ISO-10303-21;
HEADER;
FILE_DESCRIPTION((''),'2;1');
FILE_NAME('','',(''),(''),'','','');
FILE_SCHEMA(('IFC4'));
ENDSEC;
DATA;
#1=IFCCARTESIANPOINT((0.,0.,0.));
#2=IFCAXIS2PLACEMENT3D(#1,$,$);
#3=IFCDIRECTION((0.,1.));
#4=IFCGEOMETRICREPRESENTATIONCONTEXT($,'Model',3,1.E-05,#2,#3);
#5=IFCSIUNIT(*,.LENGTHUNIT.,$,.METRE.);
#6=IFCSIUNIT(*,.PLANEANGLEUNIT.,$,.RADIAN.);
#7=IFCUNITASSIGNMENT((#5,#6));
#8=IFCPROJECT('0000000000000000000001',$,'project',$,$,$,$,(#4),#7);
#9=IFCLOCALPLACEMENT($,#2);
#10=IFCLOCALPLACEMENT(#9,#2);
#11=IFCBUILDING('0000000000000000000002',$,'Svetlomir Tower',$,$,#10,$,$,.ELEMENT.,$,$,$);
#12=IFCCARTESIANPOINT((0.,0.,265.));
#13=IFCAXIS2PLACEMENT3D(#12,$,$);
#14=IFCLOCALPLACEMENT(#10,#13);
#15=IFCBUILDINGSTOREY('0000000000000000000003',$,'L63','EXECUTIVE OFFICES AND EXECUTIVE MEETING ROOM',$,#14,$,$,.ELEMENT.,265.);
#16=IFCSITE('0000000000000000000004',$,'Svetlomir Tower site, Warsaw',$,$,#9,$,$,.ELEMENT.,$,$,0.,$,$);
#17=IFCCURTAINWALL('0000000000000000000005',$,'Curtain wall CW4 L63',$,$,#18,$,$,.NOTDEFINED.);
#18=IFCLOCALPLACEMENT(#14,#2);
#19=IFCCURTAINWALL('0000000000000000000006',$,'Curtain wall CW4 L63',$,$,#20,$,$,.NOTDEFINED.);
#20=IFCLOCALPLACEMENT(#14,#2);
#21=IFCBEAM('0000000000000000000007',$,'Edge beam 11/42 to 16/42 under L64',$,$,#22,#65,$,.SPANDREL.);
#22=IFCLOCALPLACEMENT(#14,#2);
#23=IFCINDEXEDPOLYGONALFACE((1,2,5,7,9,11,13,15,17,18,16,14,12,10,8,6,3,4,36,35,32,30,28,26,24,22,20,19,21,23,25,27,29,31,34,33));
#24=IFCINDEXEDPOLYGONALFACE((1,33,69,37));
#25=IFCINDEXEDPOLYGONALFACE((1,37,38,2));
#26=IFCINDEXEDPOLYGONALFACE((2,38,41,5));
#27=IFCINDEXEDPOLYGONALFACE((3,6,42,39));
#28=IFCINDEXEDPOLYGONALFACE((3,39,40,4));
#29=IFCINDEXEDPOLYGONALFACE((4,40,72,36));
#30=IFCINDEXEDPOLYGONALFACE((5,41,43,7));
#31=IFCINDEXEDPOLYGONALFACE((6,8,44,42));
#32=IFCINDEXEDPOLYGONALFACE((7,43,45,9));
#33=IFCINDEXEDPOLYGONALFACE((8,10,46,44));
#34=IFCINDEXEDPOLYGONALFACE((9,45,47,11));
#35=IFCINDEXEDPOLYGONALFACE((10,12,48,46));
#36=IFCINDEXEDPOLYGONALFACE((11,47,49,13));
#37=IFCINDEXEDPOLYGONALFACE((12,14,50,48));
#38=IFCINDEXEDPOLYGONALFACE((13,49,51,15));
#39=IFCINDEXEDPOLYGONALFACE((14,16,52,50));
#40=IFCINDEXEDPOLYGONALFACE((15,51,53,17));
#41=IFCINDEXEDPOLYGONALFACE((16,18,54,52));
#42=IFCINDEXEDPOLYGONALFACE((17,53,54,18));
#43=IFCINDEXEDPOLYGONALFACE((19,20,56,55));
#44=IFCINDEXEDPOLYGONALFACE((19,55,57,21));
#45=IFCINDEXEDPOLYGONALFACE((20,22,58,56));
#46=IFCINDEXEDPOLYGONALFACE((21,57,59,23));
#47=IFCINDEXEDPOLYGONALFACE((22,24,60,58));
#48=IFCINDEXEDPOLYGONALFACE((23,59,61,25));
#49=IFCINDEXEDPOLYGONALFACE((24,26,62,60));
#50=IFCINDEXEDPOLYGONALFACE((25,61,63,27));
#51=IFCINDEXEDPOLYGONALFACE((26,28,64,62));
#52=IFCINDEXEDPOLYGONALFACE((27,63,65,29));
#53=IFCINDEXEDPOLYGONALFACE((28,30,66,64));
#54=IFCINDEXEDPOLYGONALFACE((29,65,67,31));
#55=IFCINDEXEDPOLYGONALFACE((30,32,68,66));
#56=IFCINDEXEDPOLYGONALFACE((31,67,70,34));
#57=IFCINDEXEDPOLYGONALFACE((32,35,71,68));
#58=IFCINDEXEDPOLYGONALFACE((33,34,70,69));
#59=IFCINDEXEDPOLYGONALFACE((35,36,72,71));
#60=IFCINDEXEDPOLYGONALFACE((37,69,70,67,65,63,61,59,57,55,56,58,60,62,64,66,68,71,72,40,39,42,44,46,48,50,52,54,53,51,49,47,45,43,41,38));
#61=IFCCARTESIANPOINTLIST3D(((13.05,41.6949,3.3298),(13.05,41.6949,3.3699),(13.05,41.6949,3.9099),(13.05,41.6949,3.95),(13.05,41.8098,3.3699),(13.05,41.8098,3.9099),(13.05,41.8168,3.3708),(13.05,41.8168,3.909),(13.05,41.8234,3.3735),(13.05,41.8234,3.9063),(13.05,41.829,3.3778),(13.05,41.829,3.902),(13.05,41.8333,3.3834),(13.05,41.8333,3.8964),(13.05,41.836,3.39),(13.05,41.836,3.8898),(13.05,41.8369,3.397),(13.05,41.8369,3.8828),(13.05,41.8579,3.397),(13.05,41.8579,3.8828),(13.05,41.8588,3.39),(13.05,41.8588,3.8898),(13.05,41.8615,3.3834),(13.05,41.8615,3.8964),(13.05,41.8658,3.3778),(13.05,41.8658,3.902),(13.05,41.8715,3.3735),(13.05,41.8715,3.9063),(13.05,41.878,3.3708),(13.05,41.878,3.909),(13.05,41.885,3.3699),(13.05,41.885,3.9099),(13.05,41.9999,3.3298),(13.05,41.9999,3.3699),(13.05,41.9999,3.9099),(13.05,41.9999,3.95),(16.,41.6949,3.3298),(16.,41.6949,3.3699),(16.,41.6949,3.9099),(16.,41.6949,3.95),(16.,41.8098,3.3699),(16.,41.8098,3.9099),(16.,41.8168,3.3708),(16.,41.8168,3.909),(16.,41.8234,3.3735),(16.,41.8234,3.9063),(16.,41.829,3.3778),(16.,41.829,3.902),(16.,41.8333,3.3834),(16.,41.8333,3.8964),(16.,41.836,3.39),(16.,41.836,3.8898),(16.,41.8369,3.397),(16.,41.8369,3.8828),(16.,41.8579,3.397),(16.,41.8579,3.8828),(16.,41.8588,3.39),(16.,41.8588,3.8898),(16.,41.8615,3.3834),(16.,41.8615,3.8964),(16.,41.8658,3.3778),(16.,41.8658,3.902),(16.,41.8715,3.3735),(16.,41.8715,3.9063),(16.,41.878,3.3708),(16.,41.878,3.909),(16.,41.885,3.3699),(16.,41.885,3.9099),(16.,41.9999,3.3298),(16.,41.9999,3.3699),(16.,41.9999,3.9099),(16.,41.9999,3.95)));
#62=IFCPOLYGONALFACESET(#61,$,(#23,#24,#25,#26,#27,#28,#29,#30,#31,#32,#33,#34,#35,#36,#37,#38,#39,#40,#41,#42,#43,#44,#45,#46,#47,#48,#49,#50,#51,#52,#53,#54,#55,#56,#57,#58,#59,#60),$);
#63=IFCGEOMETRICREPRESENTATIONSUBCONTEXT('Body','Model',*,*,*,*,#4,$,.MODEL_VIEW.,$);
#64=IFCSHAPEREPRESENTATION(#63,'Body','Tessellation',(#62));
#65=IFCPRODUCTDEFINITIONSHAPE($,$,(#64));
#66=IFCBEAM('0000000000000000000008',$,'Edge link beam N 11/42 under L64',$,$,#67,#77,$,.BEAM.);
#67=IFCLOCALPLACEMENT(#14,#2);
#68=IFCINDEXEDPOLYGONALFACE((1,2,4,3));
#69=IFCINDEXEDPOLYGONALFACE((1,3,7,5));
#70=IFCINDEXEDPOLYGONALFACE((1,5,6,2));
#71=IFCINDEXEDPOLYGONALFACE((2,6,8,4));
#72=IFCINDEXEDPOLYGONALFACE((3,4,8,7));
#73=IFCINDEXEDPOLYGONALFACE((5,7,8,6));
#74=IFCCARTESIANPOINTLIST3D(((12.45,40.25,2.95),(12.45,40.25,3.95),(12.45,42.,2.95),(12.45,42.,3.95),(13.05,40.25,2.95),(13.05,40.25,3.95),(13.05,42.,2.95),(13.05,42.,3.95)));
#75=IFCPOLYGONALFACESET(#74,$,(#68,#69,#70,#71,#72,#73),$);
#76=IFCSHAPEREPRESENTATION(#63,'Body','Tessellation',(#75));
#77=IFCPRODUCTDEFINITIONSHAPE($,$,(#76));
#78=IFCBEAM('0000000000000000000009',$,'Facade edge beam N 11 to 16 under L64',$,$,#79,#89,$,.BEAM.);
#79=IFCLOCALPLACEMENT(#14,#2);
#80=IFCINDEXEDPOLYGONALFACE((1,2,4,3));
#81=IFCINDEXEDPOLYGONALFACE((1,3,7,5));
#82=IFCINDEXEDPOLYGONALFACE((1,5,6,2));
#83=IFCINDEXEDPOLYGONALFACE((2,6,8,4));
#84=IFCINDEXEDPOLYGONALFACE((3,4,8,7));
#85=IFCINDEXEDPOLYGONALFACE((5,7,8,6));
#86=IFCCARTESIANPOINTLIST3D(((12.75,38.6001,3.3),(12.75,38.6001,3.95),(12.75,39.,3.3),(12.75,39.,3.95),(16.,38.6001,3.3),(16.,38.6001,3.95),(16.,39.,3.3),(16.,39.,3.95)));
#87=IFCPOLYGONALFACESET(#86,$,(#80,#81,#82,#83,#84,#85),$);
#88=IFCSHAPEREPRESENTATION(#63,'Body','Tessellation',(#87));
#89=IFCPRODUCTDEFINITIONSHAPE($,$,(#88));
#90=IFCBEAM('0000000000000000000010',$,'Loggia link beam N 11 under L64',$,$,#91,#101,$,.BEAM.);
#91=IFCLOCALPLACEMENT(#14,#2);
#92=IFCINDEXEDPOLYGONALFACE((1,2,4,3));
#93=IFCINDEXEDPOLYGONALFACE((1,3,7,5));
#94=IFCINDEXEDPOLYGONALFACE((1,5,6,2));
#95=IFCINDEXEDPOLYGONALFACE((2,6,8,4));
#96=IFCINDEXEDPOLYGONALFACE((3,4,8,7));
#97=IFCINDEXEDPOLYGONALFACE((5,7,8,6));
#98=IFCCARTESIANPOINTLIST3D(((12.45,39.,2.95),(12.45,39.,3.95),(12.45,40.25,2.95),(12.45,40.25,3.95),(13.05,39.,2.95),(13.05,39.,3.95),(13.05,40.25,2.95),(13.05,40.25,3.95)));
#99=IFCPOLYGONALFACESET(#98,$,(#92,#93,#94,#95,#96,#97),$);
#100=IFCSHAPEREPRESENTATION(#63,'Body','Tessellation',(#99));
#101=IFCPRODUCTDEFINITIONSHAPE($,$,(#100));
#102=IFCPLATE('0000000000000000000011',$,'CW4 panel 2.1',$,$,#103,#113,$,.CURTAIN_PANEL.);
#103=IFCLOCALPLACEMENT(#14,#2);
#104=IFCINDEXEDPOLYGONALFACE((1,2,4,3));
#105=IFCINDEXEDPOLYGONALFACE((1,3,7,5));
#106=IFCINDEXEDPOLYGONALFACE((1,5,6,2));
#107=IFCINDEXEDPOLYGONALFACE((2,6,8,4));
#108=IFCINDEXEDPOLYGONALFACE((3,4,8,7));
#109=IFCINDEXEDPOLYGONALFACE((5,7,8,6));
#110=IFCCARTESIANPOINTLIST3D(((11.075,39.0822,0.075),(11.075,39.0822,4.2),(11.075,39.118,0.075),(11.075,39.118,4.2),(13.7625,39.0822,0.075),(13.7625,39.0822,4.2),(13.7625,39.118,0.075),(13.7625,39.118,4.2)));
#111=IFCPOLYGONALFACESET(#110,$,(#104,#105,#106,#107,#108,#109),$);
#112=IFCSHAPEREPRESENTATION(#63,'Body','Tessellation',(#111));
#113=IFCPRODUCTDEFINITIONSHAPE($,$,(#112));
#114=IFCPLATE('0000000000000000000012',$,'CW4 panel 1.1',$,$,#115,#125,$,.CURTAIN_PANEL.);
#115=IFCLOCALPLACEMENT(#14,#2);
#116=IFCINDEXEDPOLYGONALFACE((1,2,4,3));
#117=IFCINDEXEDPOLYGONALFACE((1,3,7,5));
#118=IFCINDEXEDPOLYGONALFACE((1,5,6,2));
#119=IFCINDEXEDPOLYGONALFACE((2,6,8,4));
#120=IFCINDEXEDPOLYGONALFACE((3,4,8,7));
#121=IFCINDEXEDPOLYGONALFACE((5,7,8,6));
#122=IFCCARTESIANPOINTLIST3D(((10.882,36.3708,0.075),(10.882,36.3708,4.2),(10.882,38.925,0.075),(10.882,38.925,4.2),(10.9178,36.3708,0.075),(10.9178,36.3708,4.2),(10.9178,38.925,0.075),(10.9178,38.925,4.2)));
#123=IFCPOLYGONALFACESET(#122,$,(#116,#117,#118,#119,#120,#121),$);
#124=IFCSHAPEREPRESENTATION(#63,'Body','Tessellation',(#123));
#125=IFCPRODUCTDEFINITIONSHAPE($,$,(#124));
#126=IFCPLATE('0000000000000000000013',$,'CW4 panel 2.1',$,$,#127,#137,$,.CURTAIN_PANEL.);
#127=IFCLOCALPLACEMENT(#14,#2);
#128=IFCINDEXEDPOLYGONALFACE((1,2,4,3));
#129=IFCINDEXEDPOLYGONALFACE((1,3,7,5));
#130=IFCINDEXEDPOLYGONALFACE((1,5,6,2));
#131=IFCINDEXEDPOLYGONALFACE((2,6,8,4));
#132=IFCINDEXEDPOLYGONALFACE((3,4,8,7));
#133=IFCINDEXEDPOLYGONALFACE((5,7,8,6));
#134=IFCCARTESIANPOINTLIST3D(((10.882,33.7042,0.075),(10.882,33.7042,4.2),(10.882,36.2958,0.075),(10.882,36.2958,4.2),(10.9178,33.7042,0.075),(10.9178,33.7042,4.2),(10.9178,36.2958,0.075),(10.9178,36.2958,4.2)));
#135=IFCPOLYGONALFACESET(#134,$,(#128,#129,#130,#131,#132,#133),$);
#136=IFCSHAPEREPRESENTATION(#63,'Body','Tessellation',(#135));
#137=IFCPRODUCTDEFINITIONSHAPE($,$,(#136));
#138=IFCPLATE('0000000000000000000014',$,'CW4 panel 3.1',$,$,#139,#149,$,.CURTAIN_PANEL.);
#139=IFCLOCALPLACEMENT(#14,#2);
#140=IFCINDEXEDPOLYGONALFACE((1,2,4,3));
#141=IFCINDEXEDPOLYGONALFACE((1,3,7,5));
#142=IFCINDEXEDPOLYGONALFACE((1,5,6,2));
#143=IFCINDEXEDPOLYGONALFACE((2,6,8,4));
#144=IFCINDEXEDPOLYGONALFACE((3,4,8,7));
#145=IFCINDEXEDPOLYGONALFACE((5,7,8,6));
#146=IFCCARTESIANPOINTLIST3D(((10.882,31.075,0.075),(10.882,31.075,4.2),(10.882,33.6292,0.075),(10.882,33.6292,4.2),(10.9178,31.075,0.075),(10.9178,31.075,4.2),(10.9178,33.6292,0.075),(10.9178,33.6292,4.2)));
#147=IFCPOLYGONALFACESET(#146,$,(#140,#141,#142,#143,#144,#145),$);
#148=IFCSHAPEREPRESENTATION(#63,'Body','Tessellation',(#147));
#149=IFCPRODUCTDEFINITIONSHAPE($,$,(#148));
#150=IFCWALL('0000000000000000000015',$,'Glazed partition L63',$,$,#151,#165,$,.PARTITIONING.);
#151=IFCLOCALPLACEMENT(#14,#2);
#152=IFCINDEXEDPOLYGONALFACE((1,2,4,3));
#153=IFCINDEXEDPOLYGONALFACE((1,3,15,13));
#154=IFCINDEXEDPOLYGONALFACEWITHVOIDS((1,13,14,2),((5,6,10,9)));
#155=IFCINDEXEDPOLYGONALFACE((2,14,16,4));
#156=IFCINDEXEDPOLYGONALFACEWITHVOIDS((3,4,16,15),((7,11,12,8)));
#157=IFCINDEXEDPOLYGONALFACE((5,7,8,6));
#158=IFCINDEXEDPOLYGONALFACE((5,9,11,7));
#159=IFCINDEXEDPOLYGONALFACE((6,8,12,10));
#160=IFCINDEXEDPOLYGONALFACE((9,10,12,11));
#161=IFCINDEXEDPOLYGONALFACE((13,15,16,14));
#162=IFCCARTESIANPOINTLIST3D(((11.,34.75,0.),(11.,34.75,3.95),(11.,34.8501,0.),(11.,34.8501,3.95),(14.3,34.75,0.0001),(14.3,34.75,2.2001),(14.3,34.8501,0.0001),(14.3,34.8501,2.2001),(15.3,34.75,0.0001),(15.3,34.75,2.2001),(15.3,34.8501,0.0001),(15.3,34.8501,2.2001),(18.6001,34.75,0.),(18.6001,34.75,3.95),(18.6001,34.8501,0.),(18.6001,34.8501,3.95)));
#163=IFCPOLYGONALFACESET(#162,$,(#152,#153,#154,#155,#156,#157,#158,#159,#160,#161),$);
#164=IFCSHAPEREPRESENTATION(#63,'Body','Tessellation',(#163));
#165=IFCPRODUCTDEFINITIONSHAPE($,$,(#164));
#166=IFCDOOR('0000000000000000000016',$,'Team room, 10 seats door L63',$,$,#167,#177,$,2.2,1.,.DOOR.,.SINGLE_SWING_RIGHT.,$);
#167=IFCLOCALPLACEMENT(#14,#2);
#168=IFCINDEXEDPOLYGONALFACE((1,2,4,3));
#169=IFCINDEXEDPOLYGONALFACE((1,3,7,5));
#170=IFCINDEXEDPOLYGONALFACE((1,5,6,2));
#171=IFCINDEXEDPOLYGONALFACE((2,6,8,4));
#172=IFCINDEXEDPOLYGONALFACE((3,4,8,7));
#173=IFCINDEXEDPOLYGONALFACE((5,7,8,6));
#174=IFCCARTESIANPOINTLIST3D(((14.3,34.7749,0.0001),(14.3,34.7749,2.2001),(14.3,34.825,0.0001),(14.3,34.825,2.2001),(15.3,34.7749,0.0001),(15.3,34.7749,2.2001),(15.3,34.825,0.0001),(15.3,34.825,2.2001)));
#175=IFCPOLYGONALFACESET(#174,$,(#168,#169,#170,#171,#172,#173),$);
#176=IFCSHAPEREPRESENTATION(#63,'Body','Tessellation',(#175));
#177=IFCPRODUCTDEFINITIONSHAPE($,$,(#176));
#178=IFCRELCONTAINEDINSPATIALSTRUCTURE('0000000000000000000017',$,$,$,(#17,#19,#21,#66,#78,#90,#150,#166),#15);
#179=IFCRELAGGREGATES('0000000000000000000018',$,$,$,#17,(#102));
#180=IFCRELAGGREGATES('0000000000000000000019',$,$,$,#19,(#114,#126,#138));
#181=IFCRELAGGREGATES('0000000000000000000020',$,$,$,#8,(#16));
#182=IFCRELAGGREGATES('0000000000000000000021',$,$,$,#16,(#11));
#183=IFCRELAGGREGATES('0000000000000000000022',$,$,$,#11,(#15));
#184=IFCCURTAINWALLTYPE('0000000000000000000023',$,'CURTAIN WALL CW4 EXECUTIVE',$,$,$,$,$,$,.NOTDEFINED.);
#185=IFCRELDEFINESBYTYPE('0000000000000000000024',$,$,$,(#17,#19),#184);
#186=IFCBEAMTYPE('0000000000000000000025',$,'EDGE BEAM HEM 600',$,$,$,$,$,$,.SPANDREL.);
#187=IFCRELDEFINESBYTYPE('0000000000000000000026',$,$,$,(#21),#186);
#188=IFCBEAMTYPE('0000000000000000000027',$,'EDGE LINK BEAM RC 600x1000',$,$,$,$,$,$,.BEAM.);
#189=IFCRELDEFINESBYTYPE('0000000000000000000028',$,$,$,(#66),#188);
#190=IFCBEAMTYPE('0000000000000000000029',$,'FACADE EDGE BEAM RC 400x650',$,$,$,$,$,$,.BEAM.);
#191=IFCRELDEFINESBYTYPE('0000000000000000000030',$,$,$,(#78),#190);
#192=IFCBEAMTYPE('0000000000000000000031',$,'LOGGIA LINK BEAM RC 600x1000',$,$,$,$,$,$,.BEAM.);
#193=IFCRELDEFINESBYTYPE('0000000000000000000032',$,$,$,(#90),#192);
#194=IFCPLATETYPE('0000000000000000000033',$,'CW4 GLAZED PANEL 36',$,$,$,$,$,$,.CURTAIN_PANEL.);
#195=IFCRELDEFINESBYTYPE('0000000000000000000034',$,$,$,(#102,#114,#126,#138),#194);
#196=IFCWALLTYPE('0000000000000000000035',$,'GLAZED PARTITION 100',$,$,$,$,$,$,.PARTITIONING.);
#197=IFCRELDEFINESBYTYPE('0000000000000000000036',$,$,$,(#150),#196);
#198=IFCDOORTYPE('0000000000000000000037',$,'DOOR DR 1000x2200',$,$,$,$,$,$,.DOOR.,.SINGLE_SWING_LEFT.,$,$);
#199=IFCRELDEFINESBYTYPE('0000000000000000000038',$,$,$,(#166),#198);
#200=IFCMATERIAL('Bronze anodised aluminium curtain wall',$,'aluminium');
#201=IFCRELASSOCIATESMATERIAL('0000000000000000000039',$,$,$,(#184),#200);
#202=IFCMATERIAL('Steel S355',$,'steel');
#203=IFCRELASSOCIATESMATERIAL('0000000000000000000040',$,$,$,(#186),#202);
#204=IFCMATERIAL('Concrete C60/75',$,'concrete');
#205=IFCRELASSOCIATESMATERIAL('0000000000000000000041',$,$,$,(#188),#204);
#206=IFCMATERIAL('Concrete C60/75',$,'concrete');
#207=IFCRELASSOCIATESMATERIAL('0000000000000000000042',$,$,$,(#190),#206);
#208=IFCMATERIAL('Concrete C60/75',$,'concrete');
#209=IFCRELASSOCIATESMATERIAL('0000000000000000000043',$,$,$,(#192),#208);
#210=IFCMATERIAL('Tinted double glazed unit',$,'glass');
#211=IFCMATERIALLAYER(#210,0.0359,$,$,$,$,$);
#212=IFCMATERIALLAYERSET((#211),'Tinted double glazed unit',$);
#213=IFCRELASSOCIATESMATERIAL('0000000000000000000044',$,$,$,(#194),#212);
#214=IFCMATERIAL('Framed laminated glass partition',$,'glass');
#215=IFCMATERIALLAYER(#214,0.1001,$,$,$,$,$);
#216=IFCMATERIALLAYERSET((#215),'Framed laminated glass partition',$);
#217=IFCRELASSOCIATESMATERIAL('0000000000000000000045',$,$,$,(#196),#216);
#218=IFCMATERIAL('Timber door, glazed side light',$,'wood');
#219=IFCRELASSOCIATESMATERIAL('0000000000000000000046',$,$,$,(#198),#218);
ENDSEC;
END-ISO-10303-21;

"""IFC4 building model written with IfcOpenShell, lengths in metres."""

from ifc_helpers import new_model, si_unit, direction, frame, frame_2d, origin, origin_2d, place, context, subcontext, project, spatial, rectangle, i_section, extrude, material, layer, layer_set, material_profile, profile_set, type_object, element, fill, aggregate, save


model = new_model("IFC4")

# Units and contexts
model_context = context("Model", 3, precision=1e-05, world=origin(), true_north=direction((0.0, 1.0)))
body_context = subcontext(model_context, "Body", "Model", "MODEL_VIEW")
ifc_project = project(units=[si_unit("LENGTHUNIT", "METRE"), si_unit("PLANEANGLEUNIT", "RADIAN")], contexts=[model_context])

# Site, building, storey
site_placement = place(None, origin())
site = spatial("IfcSite", under=ifc_project, at=site_placement, Name="Svetlomir Tower site, Warsaw", CompositionType="ELEMENT", RefElevation=0.0)
building_placement = place(site_placement, origin())
building = spatial("IfcBuilding", under=site, at=building_placement, Name="Svetlomir Tower", CompositionType="ELEMENT")
storey_placement = place(building_placement, frame((0.0, 0.0, 265.0)))
storey = spatial("IfcBuildingStorey", under=building, at=storey_placement, Name="L63", Description="EXECUTIVE OFFICES AND EXECUTIVE MEETING ROOM", CompositionType="ELEMENT", Elevation=265.0)

# Curtain walls
ifc_material_1 = material(Name="Bronze anodised aluminium curtain wall", Category="aluminium")
curtain_wall_type = type_object("IfcCurtainWallType", Name="CURTAIN WALL CW4 EXECUTIVE", PredefinedType="NOTDEFINED", material=ifc_material_1)
curtain_wall_1_placement = place(storey_placement, origin())
curtain_wall_1 = element("IfcCurtainWall", 1, at=curtain_wall_1_placement, inside=storey, type_object=curtain_wall_type, Name="Curtain wall CW4 L63", PredefinedType="NOTDEFINED")
curtain_wall_2_placement = place(storey_placement, origin())
curtain_wall_2 = element("IfcCurtainWall", 2, at=curtain_wall_2_placement, inside=storey, type_object=curtain_wall_type, Name="Curtain wall CW4 L63", PredefinedType="NOTDEFINED")

# Beams
ifc_material_2 = material(Name="Steel S355", Category="steel")
ifc_material_profile_1 = material_profile(ifc_material_2, i_section(OverallWidth=0.3049, OverallDepth=0.6201, WebThickness=0.021, FlangeThickness=0.04, FilletRadius=0.0271, at=origin_2d()), Name="HEM 600")
ifc_profile_set_1 = profile_set([ifc_material_profile_1], Name="Steel S355")
beam_type_1 = type_object("IfcBeamType", Name="EDGE BEAM HEM 600", PredefinedType="SPANDREL", material=ifc_profile_set_1)
beam_1_placement = place(storey_placement, frame((13.05, 41.8474, 3.6399), z_axis=(1.0, 0.0, 0.0), x_axis=(0.0, 1.0, 0.0)))
element("IfcBeam", 3, at=beam_1_placement, inside=storey, type_object=beam_type_1, Name="Edge beam 11/42 to 16/42 under L64", PredefinedType="SPANDREL", context=body_context, shape_type="SweptSolid", body=[
    extrude(i_section(OverallWidth=0.3049, OverallDepth=0.6201, WebThickness=0.021, FlangeThickness=0.04, FilletRadius=0.0271, at=origin_2d()), origin(), (0.0, 0.0, 1.0), 2.95),
])
ifc_material_3 = material(Name="Concrete C60/75", Category="concrete")
ifc_material_profile_2 = material_profile(ifc_material_3, rectangle(XDim=0.6001, YDim=1.0, at=origin_2d()), Name="RC 600x1000")
ifc_profile_set_2 = profile_set([ifc_material_profile_2], Name="Concrete C60/75")
beam_type_2 = type_object("IfcBeamType", Name="EDGE LINK BEAM RC 600x1000", PredefinedType="BEAM", material=ifc_profile_set_2)
beam_2_placement = place(storey_placement, frame((12.75, 40.25, 3.45), z_axis=(0.0, 1.0, 0.0), x_axis=(-1.0, 0.0, 0.0)))
element("IfcBeam", 4, at=beam_2_placement, inside=storey, type_object=beam_type_2, Name="Edge link beam N 11/42 under L64", PredefinedType="BEAM", context=body_context, shape_type="SweptSolid", body=[
    extrude(rectangle(XDim=0.6001, YDim=1.0, at=origin_2d()), origin(), (0.0, 0.0, 1.0), 1.75),
])
ifc_material_4 = material(Name="Concrete C60/75", Category="concrete")
ifc_material_profile_3 = material_profile(ifc_material_4, rectangle(XDim=0.3999, YDim=0.6499, at=origin_2d()), Name="RC 400x650")
ifc_profile_set_3 = profile_set([ifc_material_profile_3], Name="Concrete C60/75")
beam_type_3 = type_object("IfcBeamType", Name="FACADE EDGE BEAM RC 400x650", PredefinedType="BEAM", material=ifc_profile_set_3)
beam_3_placement = place(storey_placement, frame((12.75, 38.8, 3.625), z_axis=(1.0, 0.0, 0.0), x_axis=(0.0, 1.0, 0.0)))
element("IfcBeam", 5, at=beam_3_placement, inside=storey, type_object=beam_type_3, Name="Facade edge beam N 11 to 16 under L64", PredefinedType="BEAM", context=body_context, shape_type="SweptSolid", body=[
    extrude(rectangle(XDim=0.3999, YDim=0.6499, at=origin_2d()), origin(), (0.0, 0.0, 1.0), 3.25),
])
ifc_material_5 = material(Name="Concrete C60/75", Category="concrete")
ifc_material_profile_4 = material_profile(ifc_material_5, rectangle(XDim=0.6001, YDim=1.0, at=origin_2d()), Name="RC 600x1000")
ifc_profile_set_4 = profile_set([ifc_material_profile_4], Name="Concrete C60/75")
beam_type_4 = type_object("IfcBeamType", Name="LOGGIA LINK BEAM RC 600x1000", PredefinedType="BEAM", material=ifc_profile_set_4)
beam_4_placement = place(storey_placement, frame((12.75, 40.25, 3.45), z_axis=(0.0, -1.0, 0.0), x_axis=(1.0, 0.0, 0.0)))
element("IfcBeam", 6, at=beam_4_placement, inside=storey, type_object=beam_type_4, Name="Loggia link beam N 11 under L64", PredefinedType="BEAM", context=body_context, shape_type="SweptSolid", body=[
    extrude(rectangle(XDim=0.6001, YDim=1.0, at=origin_2d()), origin(), (0.0, 0.0, 1.0), 1.25),
])

# Plates
ifc_material_6 = material(Name="Tinted double glazed unit", Category="glass")
ifc_layer_1 = layer(ifc_material_6, 0.0359)
ifc_layer_set_1 = layer_set([ifc_layer_1], Name="Tinted double glazed unit")
plate_type = type_object("IfcPlateType", Name="CW4 GLAZED PANEL 36", PredefinedType="CURTAIN_PANEL", material=ifc_layer_set_1)
plate_1_placement = place(storey_placement, frame((12.4187, 39.1001, 0.075), z_axis=(0.0, 0.0, 1.0), x_axis=(-1.0, 0.0, 0.0)))
plate_1 = element("IfcPlate", 7, at=plate_1_placement, type_object=plate_type, Name="CW4 panel 2.1", PredefinedType="CURTAIN_PANEL", context=body_context, shape_type="SweptSolid", body=[
    extrude(rectangle(XDim=2.6875, YDim=0.0359, at=origin_2d()), origin(), (0.0, 0.0, 1.0), 4.125),
])
aggregate(curtain_wall_1, [plate_1])
plate_2_placement = place(storey_placement, frame((10.8999, 37.6479, 0.075), z_axis=(0.0, 0.0, 1.0), x_axis=(0.0, -1.0, 0.0)))
plate_2 = element("IfcPlate", 8, at=plate_2_placement, type_object=plate_type, Name="CW4 panel 1.1", PredefinedType="CURTAIN_PANEL", context=body_context, shape_type="SweptSolid", body=[
    extrude(rectangle(XDim=2.5542, YDim=0.0359, at=origin_2d()), origin(), (0.0, 0.0, 1.0), 4.125),
])
plate_3_placement = place(storey_placement, frame((10.8999, 35.0, 0.075), z_axis=(0.0, 0.0, 1.0), x_axis=(0.0, -1.0, 0.0)))
plate_3 = element("IfcPlate", 9, at=plate_3_placement, type_object=plate_type, Name="CW4 panel 2.1", PredefinedType="CURTAIN_PANEL", context=body_context, shape_type="SweptSolid", body=[
    extrude(rectangle(XDim=2.5916, YDim=0.0359, at=origin_2d()), origin(), (0.0, 0.0, 1.0), 4.125),
])
plate_4_placement = place(storey_placement, frame((10.8999, 32.3521, 0.075), z_axis=(0.0, 0.0, 1.0), x_axis=(0.0, -1.0, 0.0)))
plate_4 = element("IfcPlate", 10, at=plate_4_placement, type_object=plate_type, Name="CW4 panel 3.1", PredefinedType="CURTAIN_PANEL", context=body_context, shape_type="SweptSolid", body=[
    extrude(rectangle(XDim=2.5542, YDim=0.0359, at=origin_2d()), origin(), (0.0, 0.0, 1.0), 4.125),
])
aggregate(curtain_wall_2, [plate_2, plate_3, plate_4])

# Wall, opening, door
ifc_material_7 = material(Name="Framed laminated glass partition", Category="glass")
ifc_layer_2 = layer(ifc_material_7, 0.1001)
ifc_layer_set_2 = layer_set([ifc_layer_2], Name="Framed laminated glass partition")
wall_type = type_object("IfcWallType", Name="GLAZED PARTITION 100", PredefinedType="PARTITIONING", material=ifc_layer_set_2)
wall_placement = place(storey_placement, frame((11.0, 34.8, 0.0), z_axis=(0.0, 0.0, 1.0), x_axis=(1.0, 0.0, 0.0)))
wall = element("IfcWall", 11, at=wall_placement, inside=storey, type_object=wall_type, Name="Glazed partition L63", PredefinedType="PARTITIONING", context=body_context, shape_type="SweptSolid", body=[
    extrude(rectangle(XDim=7.6001, YDim=0.1001, at=frame_2d((3.8, 0.0))), origin(), (0.0, 0.0, 1.0), 3.95),
])
opening_placement = place(wall_placement, frame((3.3, 0.0, 0.0)))
opening = element("IfcOpeningElement", 12, at=opening_placement, cuts=wall, PredefinedType="OPENING", context=body_context, shape_type="SweptSolid", body=[
    extrude(rectangle(XDim=1.0, YDim=2.2, at=frame_2d((0.5, 1.1001))), frame((0.0, 0.0601, 0.0), z_axis=(0.0, -1.0, 0.0), x_axis=(1.0, 0.0, 0.0)), (0.0, 0.0, 1.0), 0.1201),
])
ifc_material_8 = material(Name="Timber door, glazed side light", Category="wood")
door_type = type_object("IfcDoorType", Name="DOOR DR 1000x2200", OperationType="SINGLE_SWING_LEFT", PredefinedType="DOOR", material=ifc_material_8)
door_placement = place(opening_placement, origin())
door = element("IfcDoor", 13, at=door_placement, inside=storey, type_object=door_type, Name="Team room, 10 seats door L63", OperationType="SINGLE_SWING_RIGHT", OverallHeight=2.2, OverallWidth=1.0, PredefinedType="DOOR", context=body_context, shape_type="SweptSolid", body=[
    extrude(rectangle(XDim=1.0, YDim=2.2, at=frame_2d((0.5, 1.1001))), frame((0.0, 0.0249, 0.0), z_axis=(0.0, -1.0, 0.0), x_axis=(1.0, 0.0, 0.0)), (0.0, 0.0, 1.0), 0.05),
])
fill(opening, door)

save(model, "model.ifc")
